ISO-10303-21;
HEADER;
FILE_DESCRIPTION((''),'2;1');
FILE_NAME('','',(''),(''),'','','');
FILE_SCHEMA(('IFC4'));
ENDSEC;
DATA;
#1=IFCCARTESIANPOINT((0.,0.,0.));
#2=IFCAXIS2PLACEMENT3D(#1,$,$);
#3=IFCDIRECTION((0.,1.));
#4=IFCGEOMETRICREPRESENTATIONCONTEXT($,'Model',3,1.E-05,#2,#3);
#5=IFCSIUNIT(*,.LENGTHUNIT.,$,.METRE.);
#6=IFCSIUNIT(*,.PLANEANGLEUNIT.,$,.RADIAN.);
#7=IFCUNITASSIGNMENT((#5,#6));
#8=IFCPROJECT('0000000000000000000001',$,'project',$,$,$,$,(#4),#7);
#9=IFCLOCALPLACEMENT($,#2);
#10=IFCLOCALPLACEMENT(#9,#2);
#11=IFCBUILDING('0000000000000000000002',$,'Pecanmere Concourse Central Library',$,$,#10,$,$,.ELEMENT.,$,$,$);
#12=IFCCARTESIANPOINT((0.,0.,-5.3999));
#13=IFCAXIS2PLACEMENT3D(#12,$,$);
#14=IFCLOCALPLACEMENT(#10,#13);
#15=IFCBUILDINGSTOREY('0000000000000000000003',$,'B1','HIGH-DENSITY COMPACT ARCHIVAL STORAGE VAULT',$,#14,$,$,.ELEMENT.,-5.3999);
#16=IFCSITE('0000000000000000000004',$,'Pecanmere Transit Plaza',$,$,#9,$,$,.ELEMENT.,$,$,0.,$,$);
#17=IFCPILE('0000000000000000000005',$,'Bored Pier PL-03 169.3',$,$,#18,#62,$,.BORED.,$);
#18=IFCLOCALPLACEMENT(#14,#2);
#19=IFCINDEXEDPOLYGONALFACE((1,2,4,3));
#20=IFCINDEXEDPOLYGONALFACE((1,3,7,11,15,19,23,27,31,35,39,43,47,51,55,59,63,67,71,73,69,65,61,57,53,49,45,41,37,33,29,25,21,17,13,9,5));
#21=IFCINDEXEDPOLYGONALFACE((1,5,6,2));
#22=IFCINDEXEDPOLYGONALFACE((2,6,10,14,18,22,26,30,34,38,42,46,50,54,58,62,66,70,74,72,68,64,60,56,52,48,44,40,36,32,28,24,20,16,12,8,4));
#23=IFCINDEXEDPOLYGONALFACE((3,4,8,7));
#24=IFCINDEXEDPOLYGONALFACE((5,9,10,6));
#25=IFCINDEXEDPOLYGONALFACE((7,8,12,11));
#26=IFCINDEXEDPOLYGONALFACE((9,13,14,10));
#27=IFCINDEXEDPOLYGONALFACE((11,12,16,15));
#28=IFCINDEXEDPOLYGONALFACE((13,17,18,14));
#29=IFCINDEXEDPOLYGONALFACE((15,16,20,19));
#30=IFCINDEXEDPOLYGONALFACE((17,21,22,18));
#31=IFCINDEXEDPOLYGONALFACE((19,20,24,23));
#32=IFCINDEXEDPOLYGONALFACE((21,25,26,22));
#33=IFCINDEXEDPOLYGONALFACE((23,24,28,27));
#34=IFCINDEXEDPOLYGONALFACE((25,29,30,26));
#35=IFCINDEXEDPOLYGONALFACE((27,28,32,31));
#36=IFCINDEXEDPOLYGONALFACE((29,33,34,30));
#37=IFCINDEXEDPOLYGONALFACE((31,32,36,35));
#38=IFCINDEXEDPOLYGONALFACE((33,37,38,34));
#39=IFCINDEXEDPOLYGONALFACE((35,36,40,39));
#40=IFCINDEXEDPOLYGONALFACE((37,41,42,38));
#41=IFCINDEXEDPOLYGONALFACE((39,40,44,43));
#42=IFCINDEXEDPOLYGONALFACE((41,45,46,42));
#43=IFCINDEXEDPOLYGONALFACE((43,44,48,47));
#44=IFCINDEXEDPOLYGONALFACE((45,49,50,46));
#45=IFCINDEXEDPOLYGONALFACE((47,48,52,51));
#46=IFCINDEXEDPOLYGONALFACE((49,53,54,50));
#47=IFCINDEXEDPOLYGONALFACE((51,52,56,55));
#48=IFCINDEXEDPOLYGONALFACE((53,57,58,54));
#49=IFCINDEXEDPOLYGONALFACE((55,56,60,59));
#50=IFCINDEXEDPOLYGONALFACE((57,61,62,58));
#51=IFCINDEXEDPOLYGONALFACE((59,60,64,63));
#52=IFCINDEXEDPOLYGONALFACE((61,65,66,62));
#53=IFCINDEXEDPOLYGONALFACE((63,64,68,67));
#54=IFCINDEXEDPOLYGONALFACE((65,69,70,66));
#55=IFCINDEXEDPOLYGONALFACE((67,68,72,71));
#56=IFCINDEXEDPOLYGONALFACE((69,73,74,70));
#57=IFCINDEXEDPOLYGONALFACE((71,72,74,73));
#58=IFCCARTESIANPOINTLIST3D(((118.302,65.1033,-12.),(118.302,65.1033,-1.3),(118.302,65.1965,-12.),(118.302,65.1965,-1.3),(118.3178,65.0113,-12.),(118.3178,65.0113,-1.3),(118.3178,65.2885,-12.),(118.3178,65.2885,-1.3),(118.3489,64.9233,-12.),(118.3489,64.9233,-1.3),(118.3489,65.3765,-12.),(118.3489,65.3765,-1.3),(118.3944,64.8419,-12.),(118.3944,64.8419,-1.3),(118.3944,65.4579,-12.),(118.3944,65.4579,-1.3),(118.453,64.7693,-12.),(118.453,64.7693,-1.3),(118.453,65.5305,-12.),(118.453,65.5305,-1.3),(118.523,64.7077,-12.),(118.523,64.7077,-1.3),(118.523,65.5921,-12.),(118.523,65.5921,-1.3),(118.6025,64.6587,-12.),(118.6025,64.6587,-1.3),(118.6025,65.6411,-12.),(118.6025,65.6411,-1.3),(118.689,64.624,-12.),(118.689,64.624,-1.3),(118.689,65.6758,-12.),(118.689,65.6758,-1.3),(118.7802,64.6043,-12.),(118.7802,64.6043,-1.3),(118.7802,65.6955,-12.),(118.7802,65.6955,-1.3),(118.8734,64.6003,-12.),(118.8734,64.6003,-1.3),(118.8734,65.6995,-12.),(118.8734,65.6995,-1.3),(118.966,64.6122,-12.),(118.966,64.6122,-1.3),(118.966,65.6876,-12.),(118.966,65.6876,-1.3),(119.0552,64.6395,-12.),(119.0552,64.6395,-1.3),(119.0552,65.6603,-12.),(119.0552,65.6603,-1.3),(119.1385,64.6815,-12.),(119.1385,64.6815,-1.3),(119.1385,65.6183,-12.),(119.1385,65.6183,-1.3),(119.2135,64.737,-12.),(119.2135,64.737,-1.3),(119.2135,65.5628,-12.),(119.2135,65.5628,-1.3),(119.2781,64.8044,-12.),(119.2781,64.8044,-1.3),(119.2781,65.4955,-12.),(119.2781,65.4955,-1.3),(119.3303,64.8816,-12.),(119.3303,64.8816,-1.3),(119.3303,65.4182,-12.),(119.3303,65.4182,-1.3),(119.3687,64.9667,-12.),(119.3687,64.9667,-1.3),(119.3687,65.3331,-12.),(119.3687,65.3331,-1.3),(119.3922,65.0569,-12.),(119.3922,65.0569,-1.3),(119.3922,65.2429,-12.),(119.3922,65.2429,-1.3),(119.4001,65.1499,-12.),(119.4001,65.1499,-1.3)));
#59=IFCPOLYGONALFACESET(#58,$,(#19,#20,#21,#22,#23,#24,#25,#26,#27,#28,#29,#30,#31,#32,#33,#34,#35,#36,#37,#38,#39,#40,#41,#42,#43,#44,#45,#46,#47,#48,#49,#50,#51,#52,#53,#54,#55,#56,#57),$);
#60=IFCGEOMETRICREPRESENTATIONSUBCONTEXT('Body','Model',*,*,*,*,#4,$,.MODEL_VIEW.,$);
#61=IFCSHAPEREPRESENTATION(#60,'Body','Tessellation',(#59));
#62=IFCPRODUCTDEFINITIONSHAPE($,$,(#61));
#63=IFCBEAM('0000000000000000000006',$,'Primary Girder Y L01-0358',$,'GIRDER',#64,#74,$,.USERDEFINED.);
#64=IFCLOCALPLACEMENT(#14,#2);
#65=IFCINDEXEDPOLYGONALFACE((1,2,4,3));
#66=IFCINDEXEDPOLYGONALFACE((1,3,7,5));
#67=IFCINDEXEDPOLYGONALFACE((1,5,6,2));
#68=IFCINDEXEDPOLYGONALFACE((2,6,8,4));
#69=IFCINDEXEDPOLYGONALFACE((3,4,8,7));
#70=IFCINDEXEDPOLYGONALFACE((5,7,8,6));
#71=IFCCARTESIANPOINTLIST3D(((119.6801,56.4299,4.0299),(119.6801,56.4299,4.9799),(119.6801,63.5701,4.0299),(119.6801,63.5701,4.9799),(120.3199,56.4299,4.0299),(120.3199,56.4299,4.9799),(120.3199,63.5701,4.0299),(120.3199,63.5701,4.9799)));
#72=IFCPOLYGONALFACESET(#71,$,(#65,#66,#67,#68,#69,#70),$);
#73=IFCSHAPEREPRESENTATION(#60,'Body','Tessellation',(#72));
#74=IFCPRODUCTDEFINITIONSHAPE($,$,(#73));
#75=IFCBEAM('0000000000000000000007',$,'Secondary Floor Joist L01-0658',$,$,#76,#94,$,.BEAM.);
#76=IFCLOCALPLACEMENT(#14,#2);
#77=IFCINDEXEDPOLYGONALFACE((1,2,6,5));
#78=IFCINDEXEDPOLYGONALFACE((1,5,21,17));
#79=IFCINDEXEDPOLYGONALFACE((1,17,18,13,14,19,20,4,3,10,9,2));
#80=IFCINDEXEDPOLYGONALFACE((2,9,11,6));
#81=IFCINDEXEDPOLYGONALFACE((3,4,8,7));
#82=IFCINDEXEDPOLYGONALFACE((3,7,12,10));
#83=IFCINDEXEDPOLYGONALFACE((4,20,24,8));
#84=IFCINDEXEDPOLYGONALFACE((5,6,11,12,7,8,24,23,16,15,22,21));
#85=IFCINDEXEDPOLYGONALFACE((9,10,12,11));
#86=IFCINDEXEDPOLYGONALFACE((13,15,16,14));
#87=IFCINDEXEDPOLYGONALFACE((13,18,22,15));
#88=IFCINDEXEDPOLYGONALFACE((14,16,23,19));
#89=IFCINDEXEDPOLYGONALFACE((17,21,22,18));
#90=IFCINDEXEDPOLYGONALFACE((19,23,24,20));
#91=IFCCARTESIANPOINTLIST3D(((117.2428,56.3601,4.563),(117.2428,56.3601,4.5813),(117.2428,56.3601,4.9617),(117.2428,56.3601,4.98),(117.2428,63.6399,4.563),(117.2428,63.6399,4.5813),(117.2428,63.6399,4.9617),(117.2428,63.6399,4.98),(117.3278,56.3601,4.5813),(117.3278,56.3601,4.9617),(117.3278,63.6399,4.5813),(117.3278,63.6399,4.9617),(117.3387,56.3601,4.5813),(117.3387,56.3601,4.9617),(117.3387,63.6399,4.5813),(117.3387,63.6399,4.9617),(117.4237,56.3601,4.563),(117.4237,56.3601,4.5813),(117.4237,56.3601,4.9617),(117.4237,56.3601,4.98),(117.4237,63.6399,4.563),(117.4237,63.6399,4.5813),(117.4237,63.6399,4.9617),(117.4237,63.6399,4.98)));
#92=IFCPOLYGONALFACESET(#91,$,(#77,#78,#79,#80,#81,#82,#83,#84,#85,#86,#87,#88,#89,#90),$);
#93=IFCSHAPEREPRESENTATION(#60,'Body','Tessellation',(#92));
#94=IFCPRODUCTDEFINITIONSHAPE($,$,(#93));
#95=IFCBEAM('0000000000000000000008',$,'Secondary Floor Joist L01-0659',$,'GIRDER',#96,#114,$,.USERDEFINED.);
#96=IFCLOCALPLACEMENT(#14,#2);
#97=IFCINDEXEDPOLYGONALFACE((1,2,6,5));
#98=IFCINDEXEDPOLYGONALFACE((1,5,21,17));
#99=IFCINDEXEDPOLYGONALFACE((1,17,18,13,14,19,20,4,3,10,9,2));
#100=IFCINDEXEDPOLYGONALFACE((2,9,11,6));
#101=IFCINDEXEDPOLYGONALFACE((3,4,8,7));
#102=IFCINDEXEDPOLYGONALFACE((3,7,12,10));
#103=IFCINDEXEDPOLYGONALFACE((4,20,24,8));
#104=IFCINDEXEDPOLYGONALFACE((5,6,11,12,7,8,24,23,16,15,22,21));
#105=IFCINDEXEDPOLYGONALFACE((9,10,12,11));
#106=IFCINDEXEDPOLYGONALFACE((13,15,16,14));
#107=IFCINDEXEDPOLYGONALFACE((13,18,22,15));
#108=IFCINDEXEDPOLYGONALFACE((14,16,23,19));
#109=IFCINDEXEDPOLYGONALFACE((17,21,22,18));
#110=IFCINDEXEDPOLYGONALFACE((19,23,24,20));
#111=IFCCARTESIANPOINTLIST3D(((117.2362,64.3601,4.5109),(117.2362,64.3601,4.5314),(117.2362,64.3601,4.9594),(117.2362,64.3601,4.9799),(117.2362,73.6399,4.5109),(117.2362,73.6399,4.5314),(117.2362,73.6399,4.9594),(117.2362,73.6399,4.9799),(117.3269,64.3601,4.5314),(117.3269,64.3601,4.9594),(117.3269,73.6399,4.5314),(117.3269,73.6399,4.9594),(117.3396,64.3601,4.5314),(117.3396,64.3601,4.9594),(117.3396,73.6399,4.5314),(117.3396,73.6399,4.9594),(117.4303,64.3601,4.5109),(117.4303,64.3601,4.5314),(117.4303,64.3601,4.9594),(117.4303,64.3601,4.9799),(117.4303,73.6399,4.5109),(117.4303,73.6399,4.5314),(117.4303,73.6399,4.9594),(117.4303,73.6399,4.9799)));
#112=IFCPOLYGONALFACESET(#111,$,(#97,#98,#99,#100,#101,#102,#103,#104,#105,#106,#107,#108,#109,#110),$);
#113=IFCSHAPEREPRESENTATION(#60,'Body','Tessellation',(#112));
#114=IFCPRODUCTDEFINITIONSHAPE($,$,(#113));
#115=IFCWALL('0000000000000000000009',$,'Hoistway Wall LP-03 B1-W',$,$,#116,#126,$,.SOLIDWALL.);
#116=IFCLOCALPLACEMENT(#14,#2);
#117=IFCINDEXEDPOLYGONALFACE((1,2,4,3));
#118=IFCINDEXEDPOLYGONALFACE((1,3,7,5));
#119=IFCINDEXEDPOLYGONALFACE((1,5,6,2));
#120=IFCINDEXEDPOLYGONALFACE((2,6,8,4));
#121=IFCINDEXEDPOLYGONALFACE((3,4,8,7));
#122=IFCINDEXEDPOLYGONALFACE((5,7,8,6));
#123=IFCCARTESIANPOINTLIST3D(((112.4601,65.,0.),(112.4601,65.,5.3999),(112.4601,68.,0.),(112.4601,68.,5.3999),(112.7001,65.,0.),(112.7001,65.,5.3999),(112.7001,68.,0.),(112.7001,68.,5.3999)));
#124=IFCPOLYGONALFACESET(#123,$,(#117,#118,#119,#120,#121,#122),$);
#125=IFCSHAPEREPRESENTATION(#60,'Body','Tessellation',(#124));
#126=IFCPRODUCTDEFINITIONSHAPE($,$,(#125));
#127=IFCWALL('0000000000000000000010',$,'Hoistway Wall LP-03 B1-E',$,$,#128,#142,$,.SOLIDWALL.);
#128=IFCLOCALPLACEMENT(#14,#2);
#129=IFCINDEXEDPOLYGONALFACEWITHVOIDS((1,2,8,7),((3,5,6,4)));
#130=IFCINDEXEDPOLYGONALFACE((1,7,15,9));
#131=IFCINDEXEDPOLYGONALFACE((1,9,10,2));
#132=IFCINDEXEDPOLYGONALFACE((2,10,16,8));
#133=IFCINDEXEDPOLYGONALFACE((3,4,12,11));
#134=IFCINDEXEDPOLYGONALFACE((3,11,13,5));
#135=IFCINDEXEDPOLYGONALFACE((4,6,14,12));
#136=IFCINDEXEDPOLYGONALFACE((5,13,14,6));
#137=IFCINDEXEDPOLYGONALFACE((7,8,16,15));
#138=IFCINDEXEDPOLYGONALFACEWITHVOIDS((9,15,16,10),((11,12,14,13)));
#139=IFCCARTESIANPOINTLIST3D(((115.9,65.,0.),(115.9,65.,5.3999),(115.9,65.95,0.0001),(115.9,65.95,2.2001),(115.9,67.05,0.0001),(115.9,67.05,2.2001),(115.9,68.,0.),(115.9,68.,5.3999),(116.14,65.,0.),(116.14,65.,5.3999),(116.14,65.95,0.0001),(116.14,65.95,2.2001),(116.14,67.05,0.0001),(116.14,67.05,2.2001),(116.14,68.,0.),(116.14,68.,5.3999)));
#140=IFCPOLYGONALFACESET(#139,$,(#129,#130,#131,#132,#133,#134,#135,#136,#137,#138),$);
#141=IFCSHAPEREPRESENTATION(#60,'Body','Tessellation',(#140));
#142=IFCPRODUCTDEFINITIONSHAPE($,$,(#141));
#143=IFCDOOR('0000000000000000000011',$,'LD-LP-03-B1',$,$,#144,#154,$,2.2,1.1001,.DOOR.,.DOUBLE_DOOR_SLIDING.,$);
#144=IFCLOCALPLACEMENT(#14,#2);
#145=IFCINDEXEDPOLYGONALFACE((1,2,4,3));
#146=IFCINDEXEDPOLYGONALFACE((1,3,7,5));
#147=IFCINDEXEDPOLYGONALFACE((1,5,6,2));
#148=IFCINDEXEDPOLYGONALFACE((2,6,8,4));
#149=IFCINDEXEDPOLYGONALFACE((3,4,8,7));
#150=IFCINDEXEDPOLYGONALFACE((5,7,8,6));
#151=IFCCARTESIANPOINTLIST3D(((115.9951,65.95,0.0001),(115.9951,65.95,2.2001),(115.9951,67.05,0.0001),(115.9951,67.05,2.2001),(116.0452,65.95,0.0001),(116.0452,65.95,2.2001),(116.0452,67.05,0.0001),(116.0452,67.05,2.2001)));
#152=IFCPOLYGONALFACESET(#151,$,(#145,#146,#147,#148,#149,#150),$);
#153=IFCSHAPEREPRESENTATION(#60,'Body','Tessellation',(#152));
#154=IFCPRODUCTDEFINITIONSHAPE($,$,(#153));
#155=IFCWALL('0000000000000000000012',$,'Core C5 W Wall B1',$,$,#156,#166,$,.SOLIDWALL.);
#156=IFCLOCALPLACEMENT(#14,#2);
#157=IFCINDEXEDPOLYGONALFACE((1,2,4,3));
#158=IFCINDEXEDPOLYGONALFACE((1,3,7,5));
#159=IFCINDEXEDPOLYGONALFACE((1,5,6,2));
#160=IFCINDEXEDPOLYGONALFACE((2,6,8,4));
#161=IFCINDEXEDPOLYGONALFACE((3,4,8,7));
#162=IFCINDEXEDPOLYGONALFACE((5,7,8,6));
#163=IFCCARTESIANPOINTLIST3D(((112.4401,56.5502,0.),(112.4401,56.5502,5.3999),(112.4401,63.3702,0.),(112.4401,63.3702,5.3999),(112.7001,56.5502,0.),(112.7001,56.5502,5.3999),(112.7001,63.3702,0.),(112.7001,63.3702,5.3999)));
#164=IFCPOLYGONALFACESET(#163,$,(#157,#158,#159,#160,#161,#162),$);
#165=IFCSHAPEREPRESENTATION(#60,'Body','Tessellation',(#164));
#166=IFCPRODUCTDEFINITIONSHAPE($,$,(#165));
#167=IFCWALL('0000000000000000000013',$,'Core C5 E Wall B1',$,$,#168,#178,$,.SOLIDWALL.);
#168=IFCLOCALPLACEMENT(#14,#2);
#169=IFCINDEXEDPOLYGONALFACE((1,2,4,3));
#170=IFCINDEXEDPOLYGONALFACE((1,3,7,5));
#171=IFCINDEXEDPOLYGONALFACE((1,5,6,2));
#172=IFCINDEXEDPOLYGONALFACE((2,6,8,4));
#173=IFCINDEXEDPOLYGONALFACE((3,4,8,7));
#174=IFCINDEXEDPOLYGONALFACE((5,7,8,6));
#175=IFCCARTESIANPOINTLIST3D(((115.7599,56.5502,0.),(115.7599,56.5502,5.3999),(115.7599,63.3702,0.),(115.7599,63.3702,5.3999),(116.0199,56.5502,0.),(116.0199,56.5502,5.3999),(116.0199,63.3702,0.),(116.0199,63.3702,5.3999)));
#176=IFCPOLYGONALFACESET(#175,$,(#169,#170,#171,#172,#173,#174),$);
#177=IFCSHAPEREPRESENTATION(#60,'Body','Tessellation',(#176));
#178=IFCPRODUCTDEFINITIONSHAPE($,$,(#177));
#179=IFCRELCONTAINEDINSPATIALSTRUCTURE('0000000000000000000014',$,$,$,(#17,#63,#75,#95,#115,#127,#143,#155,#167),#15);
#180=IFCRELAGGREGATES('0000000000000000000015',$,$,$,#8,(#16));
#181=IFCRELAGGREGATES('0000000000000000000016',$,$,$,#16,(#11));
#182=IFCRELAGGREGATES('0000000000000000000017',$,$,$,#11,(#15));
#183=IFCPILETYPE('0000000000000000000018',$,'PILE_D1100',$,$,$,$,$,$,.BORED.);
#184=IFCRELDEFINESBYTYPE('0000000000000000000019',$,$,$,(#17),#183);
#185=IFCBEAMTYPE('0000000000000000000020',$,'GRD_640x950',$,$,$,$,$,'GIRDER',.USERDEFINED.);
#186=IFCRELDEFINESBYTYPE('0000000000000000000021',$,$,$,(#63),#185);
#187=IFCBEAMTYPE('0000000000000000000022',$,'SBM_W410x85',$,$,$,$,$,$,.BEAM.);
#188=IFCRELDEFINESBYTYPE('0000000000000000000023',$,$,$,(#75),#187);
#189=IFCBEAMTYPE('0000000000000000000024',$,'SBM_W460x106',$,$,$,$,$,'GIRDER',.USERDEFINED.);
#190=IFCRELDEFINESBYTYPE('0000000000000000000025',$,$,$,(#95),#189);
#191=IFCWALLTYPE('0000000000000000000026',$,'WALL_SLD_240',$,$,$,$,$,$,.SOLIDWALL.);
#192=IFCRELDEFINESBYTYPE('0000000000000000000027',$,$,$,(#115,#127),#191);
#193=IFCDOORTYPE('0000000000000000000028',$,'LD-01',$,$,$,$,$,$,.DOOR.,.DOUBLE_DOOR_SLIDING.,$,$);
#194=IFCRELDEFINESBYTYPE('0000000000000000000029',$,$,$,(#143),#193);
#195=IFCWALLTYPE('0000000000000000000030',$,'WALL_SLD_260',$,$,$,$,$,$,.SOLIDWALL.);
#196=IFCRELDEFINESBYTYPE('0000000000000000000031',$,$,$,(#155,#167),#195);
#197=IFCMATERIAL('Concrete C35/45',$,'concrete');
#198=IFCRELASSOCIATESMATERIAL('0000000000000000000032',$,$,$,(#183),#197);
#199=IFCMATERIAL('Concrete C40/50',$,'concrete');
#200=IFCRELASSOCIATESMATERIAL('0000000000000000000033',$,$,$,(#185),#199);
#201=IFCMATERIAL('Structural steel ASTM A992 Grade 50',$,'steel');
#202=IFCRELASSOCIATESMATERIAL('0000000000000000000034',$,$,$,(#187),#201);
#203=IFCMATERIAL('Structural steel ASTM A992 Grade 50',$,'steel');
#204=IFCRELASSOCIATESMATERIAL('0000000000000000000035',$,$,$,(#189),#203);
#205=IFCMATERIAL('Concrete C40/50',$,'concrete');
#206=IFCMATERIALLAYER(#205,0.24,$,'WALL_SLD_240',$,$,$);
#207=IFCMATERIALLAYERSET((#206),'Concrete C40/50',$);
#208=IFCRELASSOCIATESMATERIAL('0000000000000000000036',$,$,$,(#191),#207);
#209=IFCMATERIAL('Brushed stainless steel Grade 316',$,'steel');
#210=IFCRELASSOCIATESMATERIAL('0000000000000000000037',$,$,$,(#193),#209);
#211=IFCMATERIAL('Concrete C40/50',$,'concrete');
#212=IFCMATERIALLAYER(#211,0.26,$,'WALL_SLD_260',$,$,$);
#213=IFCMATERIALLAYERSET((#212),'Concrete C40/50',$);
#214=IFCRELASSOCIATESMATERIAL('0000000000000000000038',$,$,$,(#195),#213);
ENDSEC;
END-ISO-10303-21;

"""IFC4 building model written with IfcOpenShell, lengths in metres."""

from ifc_helpers import new_model, si_unit, direction, frame, frame_2d, origin, origin_2d, place, context, subcontext, project, spatial, rectangle, circle, i_section, extrude, material, layer, layer_set, material_profile, profile_set, type_object, element, fill, save


model = new_model("IFC4")

# Units and contexts
model_context = context("Model", 3, precision=1e-05, world=origin(), true_north=direction((0.0, 1.0)))
body_context = subcontext(model_context, "Body", "Model", "MODEL_VIEW")
ifc_project = project(units=[si_unit("LENGTHUNIT", "METRE"), si_unit("PLANEANGLEUNIT", "RADIAN")], contexts=[model_context])

# Site, building, storey
site_placement = place(None, origin())
site = spatial("IfcSite", under=ifc_project, at=site_placement, Name="Pecanmere Transit Plaza", CompositionType="ELEMENT", RefElevation=0.0)
building_placement = place(site_placement, origin())
building = spatial("IfcBuilding", under=site, at=building_placement, Name="Pecanmere Concourse Central Library", CompositionType="ELEMENT")
storey_placement = place(building_placement, frame((0.0, 0.0, -5.3999)))
storey = spatial("IfcBuildingStorey", under=building, at=storey_placement, Name="B1", Description="HIGH-DENSITY COMPACT ARCHIVAL STORAGE VAULT", CompositionType="ELEMENT", Elevation=-5.3999)

# Pile
ifc_material_1 = material(Name="Concrete C35/45", Category="concrete")
ifc_material_profile_1 = material_profile(ifc_material_1, circle(Radius=0.55, at=origin_2d()), Name="PIER D1100")
ifc_profile_set_1 = profile_set([ifc_material_profile_1], Name="Concrete C35/45")
pile_type = type_object("IfcPileType", Name="PILE_D1100", PredefinedType="BORED", material=ifc_profile_set_1)
for number, where, z_axis, x_axis, name in (
    (1, (118.8501, 65.1499, -1.3), (0.0, 0.0, -1.0), (1.0, 0.0, 0.0), "Bored Pier PL-03 169.3"),
):
    element("IfcPile", number, at=place(storey_placement, frame(where, z_axis=z_axis, x_axis=x_axis)), inside=storey, type_object=pile_type, Name=name, PredefinedType="BORED", context=body_context, shape_type="SweptSolid", body=[
        extrude(circle(Radius=0.55, at=origin_2d()), origin(), (0.0, 0.0, 1.0), 10.7),
    ])

# Beams
ifc_material_2 = material(Name="Concrete C40/50", Category="concrete")
ifc_material_profile_2 = material_profile(ifc_material_2, rectangle(XDim=0.6399, YDim=0.95, at=origin_2d()), Name="RC 640x950")
ifc_profile_set_2 = profile_set([ifc_material_profile_2], Name="Concrete C40/50")
beam_type_1 = type_object("IfcBeamType", Name="GRD_640x950", ElementType="GIRDER", PredefinedType="USERDEFINED", material=ifc_profile_set_2)
beam_1_placement = place(storey_placement, frame((120.0, 56.4299, 4.5049), z_axis=(0.0, 1.0, 0.0), x_axis=(-1.0, 0.0, 0.0)))
element("IfcBeam", 2, at=beam_1_placement, inside=storey, type_object=beam_type_1, Name="Primary Girder Y L01-0358", ObjectType="GIRDER", PredefinedType="USERDEFINED", context=body_context, shape_type="SweptSolid", body=[
    extrude(rectangle(XDim=0.6399, YDim=0.95, at=origin_2d()), origin(), (0.0, 0.0, 1.0), 7.1401),
])
ifc_material_3 = material(Name="Structural steel ASTM A992 Grade 50", Category="steel")
ifc_material_profile_3 = material_profile(ifc_material_3, i_section(OverallWidth=0.1809, OverallDepth=0.417, WebThickness=0.011, FlangeThickness=0.0183, at=origin_2d()), Name="W410x85")
ifc_profile_set_3 = profile_set([ifc_material_profile_3], Name="Structural steel ASTM A992 Grade 50")
beam_type_2 = type_object("IfcBeamType", Name="SBM_W410x85", PredefinedType="BEAM", material=ifc_profile_set_3)
beam_2_placement = place(storey_placement, frame((117.3333, 56.3601, 4.7715), z_axis=(0.0, 1.0, 0.0), x_axis=(-1.0, 0.0, 0.0)))
element("IfcBeam", 3, at=beam_2_placement, inside=storey, type_object=beam_type_2, Name="Secondary Floor Joist L01-0658", PredefinedType="BEAM", context=body_context, shape_type="SweptSolid", body=[
    extrude(i_section(OverallWidth=0.1809, OverallDepth=0.417, WebThickness=0.011, FlangeThickness=0.0183, at=origin_2d()), origin(), (0.0, 0.0, 1.0), 7.2798),
])
ifc_material_4 = material(Name="Structural steel ASTM A992 Grade 50", Category="steel")
ifc_material_profile_4 = material_profile(ifc_material_4, i_section(OverallWidth=0.1941, OverallDepth=0.469, WebThickness=0.0127, FlangeThickness=0.0205, at=origin_2d()), Name="W460x106")
ifc_profile_set_4 = profile_set([ifc_material_profile_4], Name="Structural steel ASTM A992 Grade 50")
beam_type_3 = type_object("IfcBeamType", Name="SBM_W460x106", ElementType="GIRDER", PredefinedType="USERDEFINED", material=ifc_profile_set_4)
beam_3_placement = place(storey_placement, frame((117.3333, 64.3601, 4.7454), z_axis=(0.0, 1.0, 0.0), x_axis=(-1.0, 0.0, 0.0)))
element("IfcBeam", 4, at=beam_3_placement, inside=storey, type_object=beam_type_3, Name="Secondary Floor Joist L01-0659", ObjectType="GIRDER", PredefinedType="USERDEFINED", context=body_context, shape_type="SweptSolid", body=[
    extrude(i_section(OverallWidth=0.1941, OverallDepth=0.469, WebThickness=0.0127, FlangeThickness=0.0205, at=origin_2d()), origin(), (0.0, 0.0, 1.0), 9.2798),
])

# Wall
ifc_material_5 = material(Name="Concrete C40/50", Category="concrete")
ifc_layer_1 = layer(ifc_material_5, 0.24, Name="WALL_SLD_240")
ifc_layer_set_1 = layer_set([ifc_layer_1], Name="Concrete C40/50")
wall_type_1 = type_object("IfcWallType", Name="WALL_SLD_240", PredefinedType="SOLIDWALL", material=ifc_layer_set_1)
wall_1_placement = place(storey_placement, frame((112.5801, 65.0, 0.0), z_axis=(0.0, 0.0, 1.0), x_axis=(0.0, 1.0, 0.0)))
element("IfcWall", 5, at=wall_1_placement, inside=storey, type_object=wall_type_1, Name="Hoistway Wall LP-03 B1-W", PredefinedType="SOLIDWALL", context=body_context, shape_type="SweptSolid", body=[
    extrude(rectangle(XDim=3.0, YDim=0.24, at=frame_2d((1.5, 0.0))), origin(), (0.0, 0.0, 1.0), 5.3999),
])

# Wall, opening, door
wall_2_placement = place(storey_placement, frame((116.02, 65.0, 0.0), z_axis=(0.0, 0.0, 1.0), x_axis=(0.0, 1.0, 0.0)))
wall_2 = element("IfcWall", 6, at=wall_2_placement, inside=storey, type_object=wall_type_1, Name="Hoistway Wall LP-03 B1-E", PredefinedType="SOLIDWALL", context=body_context, shape_type="SweptSolid", body=[
    extrude(rectangle(XDim=3.0, YDim=0.24, at=frame_2d((1.5, 0.0))), origin(), (0.0, 0.0, 1.0), 5.3999),
])
opening_placement = place(wall_2_placement, frame((0.95, 0.0, 0.0)))
opening = element("IfcOpeningElement", 7, at=opening_placement, cuts=wall_2, PredefinedType="OPENING", context=body_context, shape_type="SweptSolid", body=[
    extrude(rectangle(XDim=1.1001, YDim=2.2, at=frame_2d((0.55, 1.1001))), frame((0.0, 0.1318, 0.0), z_axis=(0.0, -1.0, 0.0), x_axis=(1.0, 0.0, 0.0)), (0.0, 0.0, 1.0), 0.2639),
])
ifc_material_6 = material(Name="Brushed stainless steel Grade 316", Category="steel")
door_type = type_object("IfcDoorType", Name="LD-01", OperationType="DOUBLE_DOOR_SLIDING", PredefinedType="DOOR", material=ifc_material_6)
door_placement = place(opening_placement, origin())
door = element("IfcDoor", 8, at=door_placement, inside=storey, type_object=door_type, Name="LD-LP-03-B1", OperationType="DOUBLE_DOOR_SLIDING", OverallHeight=2.2, OverallWidth=1.1001, PredefinedType="DOOR", context=body_context, shape_type="SweptSolid", body=[
    extrude(rectangle(XDim=1.1001, YDim=2.2, at=frame_2d((0.55, 1.1001))), frame((0.0, 0.0249, 0.0), z_axis=(0.0, -1.0, 0.0), x_axis=(1.0, 0.0, 0.0)), (0.0, 0.0, 1.0), 0.05),
])
fill(opening, door)

# Walls
ifc_material_7 = material(Name="Concrete C40/50", Category="concrete")
ifc_layer_2 = layer(ifc_material_7, 0.26, Name="WALL_SLD_260")
ifc_layer_set_2 = layer_set([ifc_layer_2], Name="Concrete C40/50")
wall_type_2 = type_object("IfcWallType", Name="WALL_SLD_260", PredefinedType="SOLIDWALL", material=ifc_layer_set_2)
for number, where, z_axis, x_axis, name in (
    (9, (112.5701, 56.55, 0.0), (0.0, 0.0, 1.0), (0.0, 1.0, 0.0), "Core C5 W Wall B1"),
    (10, (115.8899, 56.55, 0.0), (0.0, 0.0, 1.0), (0.0, 1.0, 0.0), "Core C5 E Wall B1"),
):
    element("IfcWall", number, at=place(storey_placement, frame(where, z_axis=z_axis, x_axis=x_axis)), inside=storey, type_object=wall_type_2, Name=name, PredefinedType="SOLIDWALL", context=body_context, shape_type="SweptSolid", body=[
        extrude(rectangle(XDim=6.8201, YDim=0.26, at=frame_2d((3.4102, 0.0))), origin(), (0.0, 0.0, 1.0), 5.3999),
    ])

save(model, "model.ifc")
